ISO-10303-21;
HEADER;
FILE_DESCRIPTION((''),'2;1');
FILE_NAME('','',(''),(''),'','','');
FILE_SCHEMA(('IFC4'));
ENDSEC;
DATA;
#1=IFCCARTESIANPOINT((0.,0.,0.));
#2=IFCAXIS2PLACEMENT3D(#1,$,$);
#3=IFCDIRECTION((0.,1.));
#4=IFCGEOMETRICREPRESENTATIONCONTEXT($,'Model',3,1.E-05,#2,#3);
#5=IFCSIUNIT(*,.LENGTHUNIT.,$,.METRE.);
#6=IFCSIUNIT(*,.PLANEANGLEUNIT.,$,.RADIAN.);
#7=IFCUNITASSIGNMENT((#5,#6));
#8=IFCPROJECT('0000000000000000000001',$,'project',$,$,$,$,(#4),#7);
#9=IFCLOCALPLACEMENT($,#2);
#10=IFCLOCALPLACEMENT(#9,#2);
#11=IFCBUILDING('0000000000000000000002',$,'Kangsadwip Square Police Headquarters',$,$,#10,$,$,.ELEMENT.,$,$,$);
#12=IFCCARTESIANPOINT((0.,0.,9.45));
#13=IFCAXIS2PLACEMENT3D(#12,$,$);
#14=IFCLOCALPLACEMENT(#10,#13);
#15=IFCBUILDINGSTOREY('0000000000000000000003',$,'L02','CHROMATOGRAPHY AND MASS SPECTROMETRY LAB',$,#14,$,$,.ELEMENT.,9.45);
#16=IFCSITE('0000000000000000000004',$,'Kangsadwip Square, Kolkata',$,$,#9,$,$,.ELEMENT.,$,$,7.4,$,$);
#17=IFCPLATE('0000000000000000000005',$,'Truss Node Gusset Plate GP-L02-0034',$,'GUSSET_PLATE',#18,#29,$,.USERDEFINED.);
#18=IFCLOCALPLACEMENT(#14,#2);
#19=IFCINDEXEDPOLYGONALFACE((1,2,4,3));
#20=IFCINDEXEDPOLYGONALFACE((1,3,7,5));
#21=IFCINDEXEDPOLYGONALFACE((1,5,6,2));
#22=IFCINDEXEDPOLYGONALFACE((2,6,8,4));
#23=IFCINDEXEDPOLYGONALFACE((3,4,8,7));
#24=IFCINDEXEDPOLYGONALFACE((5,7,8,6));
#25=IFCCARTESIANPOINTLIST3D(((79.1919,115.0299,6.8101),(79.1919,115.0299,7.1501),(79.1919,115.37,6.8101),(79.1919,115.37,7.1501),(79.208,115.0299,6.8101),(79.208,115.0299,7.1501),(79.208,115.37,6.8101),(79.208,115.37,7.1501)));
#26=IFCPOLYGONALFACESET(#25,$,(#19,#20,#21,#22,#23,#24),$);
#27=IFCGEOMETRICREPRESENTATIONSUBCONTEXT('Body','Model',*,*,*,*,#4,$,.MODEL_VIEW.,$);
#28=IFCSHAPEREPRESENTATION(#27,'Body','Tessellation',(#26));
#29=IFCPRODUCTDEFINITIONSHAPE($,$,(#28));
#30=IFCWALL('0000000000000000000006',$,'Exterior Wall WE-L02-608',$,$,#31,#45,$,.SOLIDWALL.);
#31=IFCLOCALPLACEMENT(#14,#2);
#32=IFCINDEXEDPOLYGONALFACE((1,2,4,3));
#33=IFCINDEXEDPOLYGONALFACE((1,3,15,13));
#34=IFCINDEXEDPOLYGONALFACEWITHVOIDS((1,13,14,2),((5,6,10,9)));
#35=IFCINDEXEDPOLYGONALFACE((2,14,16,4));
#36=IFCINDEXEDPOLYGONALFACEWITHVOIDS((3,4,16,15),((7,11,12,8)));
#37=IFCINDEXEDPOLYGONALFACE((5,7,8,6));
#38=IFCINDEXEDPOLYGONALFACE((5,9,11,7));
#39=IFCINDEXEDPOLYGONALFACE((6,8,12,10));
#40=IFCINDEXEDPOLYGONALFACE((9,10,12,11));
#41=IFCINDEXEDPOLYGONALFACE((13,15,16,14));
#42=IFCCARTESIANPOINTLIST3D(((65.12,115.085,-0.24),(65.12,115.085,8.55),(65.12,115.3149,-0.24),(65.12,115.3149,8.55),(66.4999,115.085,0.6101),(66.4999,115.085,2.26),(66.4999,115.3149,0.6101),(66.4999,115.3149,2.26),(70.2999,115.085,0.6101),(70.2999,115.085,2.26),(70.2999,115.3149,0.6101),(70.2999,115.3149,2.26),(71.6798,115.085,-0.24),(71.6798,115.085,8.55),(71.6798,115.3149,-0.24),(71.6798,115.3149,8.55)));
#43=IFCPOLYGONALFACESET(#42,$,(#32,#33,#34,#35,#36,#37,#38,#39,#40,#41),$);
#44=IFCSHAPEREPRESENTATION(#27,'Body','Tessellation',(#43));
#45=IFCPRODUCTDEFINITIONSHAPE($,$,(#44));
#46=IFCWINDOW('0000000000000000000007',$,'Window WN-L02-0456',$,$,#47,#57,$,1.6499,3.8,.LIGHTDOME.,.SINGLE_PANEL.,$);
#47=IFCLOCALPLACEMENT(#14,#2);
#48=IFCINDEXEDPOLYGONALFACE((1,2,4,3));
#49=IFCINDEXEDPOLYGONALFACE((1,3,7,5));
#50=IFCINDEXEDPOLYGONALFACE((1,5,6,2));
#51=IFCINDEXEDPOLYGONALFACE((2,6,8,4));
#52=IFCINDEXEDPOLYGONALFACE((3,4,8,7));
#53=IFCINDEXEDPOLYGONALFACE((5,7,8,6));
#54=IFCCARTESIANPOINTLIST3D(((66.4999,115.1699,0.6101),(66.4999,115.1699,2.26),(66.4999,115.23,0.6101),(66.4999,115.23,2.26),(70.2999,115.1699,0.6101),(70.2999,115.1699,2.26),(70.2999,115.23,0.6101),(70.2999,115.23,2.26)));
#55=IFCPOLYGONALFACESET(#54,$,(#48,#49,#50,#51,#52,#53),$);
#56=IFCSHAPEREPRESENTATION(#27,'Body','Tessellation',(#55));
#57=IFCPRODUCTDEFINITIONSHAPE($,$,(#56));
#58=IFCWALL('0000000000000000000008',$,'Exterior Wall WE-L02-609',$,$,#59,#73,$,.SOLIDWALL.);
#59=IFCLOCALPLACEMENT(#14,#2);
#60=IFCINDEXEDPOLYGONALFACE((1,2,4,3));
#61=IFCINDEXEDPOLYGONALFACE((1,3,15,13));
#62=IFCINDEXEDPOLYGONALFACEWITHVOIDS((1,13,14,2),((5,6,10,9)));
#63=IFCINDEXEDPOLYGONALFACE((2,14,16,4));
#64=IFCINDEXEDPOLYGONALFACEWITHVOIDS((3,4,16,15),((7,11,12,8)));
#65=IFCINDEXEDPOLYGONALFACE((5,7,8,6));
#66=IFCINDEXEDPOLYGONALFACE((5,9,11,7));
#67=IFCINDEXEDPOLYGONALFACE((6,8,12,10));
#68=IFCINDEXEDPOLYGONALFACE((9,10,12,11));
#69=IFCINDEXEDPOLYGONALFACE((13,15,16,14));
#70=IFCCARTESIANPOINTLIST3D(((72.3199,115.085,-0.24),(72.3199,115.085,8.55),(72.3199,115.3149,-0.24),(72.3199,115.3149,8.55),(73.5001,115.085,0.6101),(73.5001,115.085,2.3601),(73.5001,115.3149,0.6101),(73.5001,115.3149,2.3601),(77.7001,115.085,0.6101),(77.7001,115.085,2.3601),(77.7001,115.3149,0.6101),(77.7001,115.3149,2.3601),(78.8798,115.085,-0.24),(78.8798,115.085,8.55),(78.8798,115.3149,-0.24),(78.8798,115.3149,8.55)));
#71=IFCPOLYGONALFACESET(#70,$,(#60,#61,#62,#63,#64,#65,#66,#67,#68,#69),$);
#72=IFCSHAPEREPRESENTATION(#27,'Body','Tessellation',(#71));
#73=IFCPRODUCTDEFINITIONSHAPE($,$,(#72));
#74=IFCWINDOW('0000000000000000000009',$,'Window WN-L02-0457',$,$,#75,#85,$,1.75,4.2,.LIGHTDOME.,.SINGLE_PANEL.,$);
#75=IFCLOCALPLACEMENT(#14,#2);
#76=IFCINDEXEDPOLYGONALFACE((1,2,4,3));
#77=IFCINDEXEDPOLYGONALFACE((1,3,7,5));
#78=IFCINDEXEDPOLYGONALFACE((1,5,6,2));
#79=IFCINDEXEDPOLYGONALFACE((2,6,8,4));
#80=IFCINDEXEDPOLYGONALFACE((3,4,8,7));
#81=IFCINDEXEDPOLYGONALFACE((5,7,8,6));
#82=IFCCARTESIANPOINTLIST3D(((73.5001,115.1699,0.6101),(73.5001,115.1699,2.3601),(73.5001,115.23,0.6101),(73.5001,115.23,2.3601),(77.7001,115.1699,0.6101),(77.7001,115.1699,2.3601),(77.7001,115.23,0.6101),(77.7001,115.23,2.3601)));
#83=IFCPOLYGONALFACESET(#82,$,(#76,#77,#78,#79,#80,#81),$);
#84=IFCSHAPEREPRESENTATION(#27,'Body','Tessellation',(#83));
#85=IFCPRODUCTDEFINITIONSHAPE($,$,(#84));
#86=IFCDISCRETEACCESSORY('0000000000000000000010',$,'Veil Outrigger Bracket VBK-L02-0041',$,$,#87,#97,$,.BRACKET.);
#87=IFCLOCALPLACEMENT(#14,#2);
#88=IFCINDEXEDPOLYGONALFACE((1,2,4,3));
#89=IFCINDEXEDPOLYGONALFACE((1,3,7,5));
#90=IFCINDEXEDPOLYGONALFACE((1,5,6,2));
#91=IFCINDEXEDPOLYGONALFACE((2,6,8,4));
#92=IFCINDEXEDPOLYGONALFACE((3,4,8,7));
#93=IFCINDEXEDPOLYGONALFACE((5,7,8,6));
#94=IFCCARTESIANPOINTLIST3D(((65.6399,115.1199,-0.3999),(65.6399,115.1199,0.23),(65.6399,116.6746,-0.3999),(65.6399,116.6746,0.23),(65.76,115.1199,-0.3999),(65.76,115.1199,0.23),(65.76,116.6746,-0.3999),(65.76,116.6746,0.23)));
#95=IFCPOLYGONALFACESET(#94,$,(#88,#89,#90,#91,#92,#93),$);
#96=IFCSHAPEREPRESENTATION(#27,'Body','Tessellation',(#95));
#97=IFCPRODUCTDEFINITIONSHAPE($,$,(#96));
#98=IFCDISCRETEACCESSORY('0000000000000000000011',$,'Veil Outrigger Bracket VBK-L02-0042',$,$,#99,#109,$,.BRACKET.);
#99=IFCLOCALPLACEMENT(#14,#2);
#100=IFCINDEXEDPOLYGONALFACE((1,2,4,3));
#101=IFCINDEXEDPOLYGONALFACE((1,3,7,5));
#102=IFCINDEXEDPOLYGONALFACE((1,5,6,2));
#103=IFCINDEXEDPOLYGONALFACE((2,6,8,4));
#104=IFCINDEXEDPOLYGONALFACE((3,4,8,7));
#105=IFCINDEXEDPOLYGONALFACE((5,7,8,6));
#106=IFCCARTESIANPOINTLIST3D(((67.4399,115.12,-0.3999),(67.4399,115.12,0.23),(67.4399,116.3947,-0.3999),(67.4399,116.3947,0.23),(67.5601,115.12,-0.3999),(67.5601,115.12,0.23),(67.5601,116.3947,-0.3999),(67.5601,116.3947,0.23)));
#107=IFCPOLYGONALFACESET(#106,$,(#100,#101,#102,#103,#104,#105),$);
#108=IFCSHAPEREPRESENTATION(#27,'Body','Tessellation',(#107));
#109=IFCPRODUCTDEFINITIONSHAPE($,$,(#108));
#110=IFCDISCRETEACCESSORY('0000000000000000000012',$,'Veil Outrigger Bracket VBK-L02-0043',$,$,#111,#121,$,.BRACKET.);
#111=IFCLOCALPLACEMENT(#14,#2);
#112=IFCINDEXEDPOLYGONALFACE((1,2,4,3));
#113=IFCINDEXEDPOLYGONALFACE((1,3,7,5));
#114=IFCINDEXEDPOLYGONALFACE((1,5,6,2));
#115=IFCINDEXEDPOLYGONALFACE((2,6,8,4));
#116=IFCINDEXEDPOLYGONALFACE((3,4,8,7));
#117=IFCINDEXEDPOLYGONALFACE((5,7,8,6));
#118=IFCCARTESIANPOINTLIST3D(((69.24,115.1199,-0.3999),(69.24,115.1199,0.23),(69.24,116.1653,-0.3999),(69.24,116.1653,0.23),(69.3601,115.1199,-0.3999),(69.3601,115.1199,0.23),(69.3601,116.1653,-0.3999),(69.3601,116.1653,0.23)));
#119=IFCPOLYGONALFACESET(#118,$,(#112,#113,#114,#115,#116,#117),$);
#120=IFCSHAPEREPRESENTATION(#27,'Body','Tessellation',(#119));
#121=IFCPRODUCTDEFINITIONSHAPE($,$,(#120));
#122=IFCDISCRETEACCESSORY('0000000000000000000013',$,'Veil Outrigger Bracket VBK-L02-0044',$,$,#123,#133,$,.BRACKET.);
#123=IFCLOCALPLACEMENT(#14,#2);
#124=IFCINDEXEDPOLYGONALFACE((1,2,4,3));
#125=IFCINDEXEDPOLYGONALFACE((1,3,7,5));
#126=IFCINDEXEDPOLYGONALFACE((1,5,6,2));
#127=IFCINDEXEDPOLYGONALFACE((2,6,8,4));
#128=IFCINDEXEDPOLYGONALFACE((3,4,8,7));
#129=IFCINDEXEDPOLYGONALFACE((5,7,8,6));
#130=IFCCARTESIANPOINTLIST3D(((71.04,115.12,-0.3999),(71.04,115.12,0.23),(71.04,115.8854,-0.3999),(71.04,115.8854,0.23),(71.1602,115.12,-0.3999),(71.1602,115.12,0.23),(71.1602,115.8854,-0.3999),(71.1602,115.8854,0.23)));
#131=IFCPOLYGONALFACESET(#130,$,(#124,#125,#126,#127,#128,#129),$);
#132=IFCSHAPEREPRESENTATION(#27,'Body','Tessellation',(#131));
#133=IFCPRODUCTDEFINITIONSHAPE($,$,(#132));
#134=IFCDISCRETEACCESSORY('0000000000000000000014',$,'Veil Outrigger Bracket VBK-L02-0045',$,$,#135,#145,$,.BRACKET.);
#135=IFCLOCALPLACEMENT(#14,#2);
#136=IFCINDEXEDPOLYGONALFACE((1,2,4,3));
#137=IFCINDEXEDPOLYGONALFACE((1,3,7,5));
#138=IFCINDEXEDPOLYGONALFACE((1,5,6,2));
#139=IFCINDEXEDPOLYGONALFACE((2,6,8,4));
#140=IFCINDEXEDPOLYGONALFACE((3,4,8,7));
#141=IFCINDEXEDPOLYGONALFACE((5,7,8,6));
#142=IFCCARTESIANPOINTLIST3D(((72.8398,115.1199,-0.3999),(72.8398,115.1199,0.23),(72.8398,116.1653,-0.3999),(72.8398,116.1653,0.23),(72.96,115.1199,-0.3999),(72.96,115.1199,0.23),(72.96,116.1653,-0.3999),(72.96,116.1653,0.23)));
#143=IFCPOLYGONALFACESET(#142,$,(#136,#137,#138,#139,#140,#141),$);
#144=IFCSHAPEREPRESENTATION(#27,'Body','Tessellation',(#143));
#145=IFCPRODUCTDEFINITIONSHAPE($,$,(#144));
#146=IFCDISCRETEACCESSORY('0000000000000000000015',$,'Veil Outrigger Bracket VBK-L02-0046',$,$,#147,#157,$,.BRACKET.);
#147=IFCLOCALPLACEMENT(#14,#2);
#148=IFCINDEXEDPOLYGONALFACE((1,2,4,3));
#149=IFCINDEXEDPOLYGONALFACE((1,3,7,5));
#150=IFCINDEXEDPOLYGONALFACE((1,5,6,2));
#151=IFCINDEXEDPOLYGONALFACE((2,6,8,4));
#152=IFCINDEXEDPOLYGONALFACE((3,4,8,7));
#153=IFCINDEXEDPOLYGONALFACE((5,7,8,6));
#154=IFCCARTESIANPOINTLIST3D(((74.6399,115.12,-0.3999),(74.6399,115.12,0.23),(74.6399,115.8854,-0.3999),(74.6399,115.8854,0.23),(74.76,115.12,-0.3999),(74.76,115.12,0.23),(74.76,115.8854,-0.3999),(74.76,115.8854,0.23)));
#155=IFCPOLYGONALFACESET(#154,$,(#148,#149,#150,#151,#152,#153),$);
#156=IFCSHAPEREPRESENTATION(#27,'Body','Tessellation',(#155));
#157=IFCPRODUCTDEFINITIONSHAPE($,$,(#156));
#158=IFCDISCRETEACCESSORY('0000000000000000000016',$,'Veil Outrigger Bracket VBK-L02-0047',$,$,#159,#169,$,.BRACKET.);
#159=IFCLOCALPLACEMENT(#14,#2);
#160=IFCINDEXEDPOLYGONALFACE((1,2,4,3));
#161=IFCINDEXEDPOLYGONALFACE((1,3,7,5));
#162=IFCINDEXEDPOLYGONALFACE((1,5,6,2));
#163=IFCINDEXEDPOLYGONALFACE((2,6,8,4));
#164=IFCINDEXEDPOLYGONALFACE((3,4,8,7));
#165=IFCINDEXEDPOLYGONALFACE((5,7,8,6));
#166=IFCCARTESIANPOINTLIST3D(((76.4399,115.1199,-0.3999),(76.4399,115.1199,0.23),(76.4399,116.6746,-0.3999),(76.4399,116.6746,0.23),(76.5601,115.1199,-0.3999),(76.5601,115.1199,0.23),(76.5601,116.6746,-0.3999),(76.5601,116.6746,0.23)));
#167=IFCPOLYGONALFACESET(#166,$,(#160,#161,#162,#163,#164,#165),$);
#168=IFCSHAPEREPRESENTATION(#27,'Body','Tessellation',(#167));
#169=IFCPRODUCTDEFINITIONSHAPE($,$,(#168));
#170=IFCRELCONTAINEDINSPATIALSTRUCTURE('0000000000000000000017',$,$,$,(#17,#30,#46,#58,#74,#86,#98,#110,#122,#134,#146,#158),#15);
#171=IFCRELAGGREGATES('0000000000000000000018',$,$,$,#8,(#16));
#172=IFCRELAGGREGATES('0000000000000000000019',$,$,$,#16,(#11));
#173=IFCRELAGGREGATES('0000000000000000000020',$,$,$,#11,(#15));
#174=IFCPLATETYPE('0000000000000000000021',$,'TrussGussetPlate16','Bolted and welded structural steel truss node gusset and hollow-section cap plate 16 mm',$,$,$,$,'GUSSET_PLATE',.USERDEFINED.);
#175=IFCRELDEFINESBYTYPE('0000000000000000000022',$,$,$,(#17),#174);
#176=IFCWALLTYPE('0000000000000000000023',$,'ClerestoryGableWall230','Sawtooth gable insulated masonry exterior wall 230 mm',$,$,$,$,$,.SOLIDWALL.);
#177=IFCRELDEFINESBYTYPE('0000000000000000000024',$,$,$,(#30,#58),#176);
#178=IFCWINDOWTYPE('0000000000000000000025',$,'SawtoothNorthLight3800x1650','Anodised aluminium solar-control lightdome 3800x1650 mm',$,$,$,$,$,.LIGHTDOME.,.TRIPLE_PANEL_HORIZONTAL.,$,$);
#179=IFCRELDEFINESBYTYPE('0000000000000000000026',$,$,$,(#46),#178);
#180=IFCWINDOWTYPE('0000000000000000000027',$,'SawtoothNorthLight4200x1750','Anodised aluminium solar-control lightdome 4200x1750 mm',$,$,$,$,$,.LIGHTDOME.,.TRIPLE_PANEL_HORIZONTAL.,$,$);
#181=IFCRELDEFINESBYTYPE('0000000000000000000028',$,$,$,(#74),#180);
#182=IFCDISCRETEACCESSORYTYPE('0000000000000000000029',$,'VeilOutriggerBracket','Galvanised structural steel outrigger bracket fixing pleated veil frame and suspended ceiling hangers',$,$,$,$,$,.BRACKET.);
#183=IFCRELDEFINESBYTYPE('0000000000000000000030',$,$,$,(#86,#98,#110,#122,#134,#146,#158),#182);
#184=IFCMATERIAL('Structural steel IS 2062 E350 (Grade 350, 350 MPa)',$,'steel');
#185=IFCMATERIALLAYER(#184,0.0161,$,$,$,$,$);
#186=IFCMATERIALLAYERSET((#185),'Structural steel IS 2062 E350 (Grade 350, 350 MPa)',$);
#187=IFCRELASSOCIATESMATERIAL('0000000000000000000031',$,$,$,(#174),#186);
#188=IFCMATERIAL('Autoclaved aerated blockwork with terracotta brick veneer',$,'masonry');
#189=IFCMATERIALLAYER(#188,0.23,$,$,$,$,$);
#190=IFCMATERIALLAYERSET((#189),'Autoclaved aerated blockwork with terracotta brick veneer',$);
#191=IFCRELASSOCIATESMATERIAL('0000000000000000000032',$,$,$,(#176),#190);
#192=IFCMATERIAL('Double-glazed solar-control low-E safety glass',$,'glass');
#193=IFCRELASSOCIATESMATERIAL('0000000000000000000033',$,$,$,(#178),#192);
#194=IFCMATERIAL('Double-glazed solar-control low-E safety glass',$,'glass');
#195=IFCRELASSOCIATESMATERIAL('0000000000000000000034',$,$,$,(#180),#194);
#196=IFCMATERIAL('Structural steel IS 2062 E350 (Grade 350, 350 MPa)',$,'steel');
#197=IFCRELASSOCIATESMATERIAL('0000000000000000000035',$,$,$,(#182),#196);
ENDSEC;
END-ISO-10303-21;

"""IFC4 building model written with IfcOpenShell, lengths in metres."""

from ifc_helpers import new_model, si_unit, direction, frame, frame_2d, origin, origin_2d, place, context, subcontext, project, spatial, rectangle, extrude, material, layer, layer_set, type_object, element, fill, save


model = new_model("IFC4")

# Units and contexts
model_context = context("Model", 3, precision=1e-05, world=origin(), true_north=direction((0.0, 1.0)))
body_context = subcontext(model_context, "Body", "Model", "MODEL_VIEW")
ifc_project = project(units=[si_unit("LENGTHUNIT", "METRE"), si_unit("PLANEANGLEUNIT", "RADIAN")], contexts=[model_context])

# Site, building, storey
site_placement = place(None, origin())
site = spatial("IfcSite", under=ifc_project, at=site_placement, Name="Kangsadwip Square, Kolkata", CompositionType="ELEMENT", RefElevation=7.4)
building_placement = place(site_placement, origin())
building = spatial("IfcBuilding", under=site, at=building_placement, Name="Kangsadwip Square Police Headquarters", CompositionType="ELEMENT")
storey_placement = place(building_placement, frame((0.0, 0.0, 9.45)))
storey = spatial("IfcBuildingStorey", under=building, at=storey_placement, Name="L02", Description="CHROMATOGRAPHY AND MASS SPECTROMETRY LAB", CompositionType="ELEMENT", Elevation=9.45)

# Plate
ifc_material_1 = material(Name="Structural steel IS 2062 E350 (Grade 350, 350 MPa)", Category="steel")
ifc_layer_1 = layer(ifc_material_1, 0.0161)
ifc_layer_set_1 = layer_set([ifc_layer_1], Name="Structural steel IS 2062 E350 (Grade 350, 350 MPa)")
plate_type_1 = type_object("IfcPlateType", Name="TrussGussetPlate16", Description="Bolted and welded structural steel truss node gusset and hollow-section cap plate 16 mm", ElementType="GUSSET_PLATE", PredefinedType="USERDEFINED", material=ifc_layer_set_1)
for number, where, z_axis, x_axis, name in (
    (1, (79.2, 115.2, 6.8101), (0.0, 0.0, 1.0), (0.0, 1.0, 0.0), "Truss Node Gusset Plate GP-L02-0034"),
):
    element("IfcPlate", number, at=place(storey_placement, frame(where, z_axis=z_axis, x_axis=x_axis)), inside=storey, type_object=plate_type_1, Name=name, ObjectType="GUSSET_PLATE", PredefinedType="USERDEFINED", context=body_context, shape_type="SweptSolid", body=[
        extrude(rectangle(XDim=0.3401, YDim=0.0161, at=origin_2d()), origin(), (0.0, 0.0, 1.0), 0.3401),
    ])

# Walls, openings, windows
ifc_material_2 = material(Name="Autoclaved aerated blockwork with terracotta brick veneer", Category="masonry")
ifc_layer_2 = layer(ifc_material_2, 0.23)
ifc_layer_set_2 = layer_set([ifc_layer_2], Name="Autoclaved aerated blockwork with terracotta brick veneer")
wall_type = type_object("IfcWallType", Name="ClerestoryGableWall230", Description="Sawtooth gable insulated masonry exterior wall 230 mm", PredefinedType="SOLIDWALL", material=ifc_layer_set_2)
wall_1_placement = place(storey_placement, frame((65.1201, 115.2, -0.24), z_axis=(0.0, 0.0, 1.0), x_axis=(1.0, 0.0, 0.0)))
wall_1 = element("IfcWall", 2, at=wall_1_placement, inside=storey, type_object=wall_type, Name="Exterior Wall WE-L02-608", PredefinedType="SOLIDWALL", context=body_context, shape_type="SweptSolid", body=[
    extrude(rectangle(XDim=6.5598, YDim=0.23, at=frame_2d((3.2798, 0.0))), origin(), (0.0, 0.0, 1.0), 8.79),
])
opening_1_placement = place(wall_1_placement, frame((1.3799, 0.0, 0.8501)))
opening_1 = element("IfcOpeningElement", 3, at=opening_1_placement, cuts=wall_1, PredefinedType="OPENING", context=body_context, shape_type="SweptSolid", body=[
    extrude(rectangle(XDim=3.8, YDim=1.6499, at=frame_2d((1.8999, 0.825))), frame((0.0, 0.125, 0.0), z_axis=(0.0, -1.0, 0.0), x_axis=(1.0, 0.0, 0.0)), (0.0, 0.0, 1.0), 0.25),
])
ifc_material_3 = material(Name="Double-glazed solar-control low-E safety glass", Category="glass")
window_type_1 = type_object("IfcWindowType", Name="SawtoothNorthLight3800x1650", Description="Anodised aluminium solar-control lightdome 3800x1650 mm", PartitioningType="TRIPLE_PANEL_HORIZONTAL", PredefinedType="LIGHTDOME", material=ifc_material_3)
window_1_placement = place(opening_1_placement, origin())
window_1 = element("IfcWindow", 4, at=window_1_placement, inside=storey, type_object=window_type_1, Name="Window WN-L02-0456", OverallHeight=1.6499, OverallWidth=3.8, PartitioningType="SINGLE_PANEL", PredefinedType="LIGHTDOME", context=body_context, shape_type="SweptSolid", body=[
    extrude(rectangle(XDim=3.8, YDim=1.6499, at=frame_2d((1.8999, 0.825))), frame((0.0, 0.03, 0.0), z_axis=(0.0, -1.0, 0.0), x_axis=(1.0, 0.0, 0.0)), (0.0, 0.0, 1.0), 0.0601),
])
fill(opening_1, window_1)
wall_2_placement = place(storey_placement, frame((72.3201, 115.2, -0.24), z_axis=(0.0, 0.0, 1.0), x_axis=(1.0, 0.0, 0.0)))
wall_2 = element("IfcWall", 5, at=wall_2_placement, inside=storey, type_object=wall_type, Name="Exterior Wall WE-L02-609", PredefinedType="SOLIDWALL", context=body_context, shape_type="SweptSolid", body=[
    extrude(rectangle(XDim=6.5598, YDim=0.23, at=frame_2d((3.2798, 0.0))), origin(), (0.0, 0.0, 1.0), 8.79),
])
opening_2_placement = place(wall_2_placement, frame((1.1799, 0.0, 0.8501)))
opening_2 = element("IfcOpeningElement", 6, at=opening_2_placement, cuts=wall_2, PredefinedType="OPENING", context=body_context, shape_type="SweptSolid", body=[
    extrude(rectangle(XDim=4.2, YDim=1.75, at=frame_2d((2.1001, 0.875))), frame((0.0, 0.125, 0.0), z_axis=(0.0, -1.0, 0.0), x_axis=(1.0, 0.0, 0.0)), (0.0, 0.0, 1.0), 0.25),
])
ifc_material_4 = material(Name="Double-glazed solar-control low-E safety glass", Category="glass")
window_type_2 = type_object("IfcWindowType", Name="SawtoothNorthLight4200x1750", Description="Anodised aluminium solar-control lightdome 4200x1750 mm", PartitioningType="TRIPLE_PANEL_HORIZONTAL", PredefinedType="LIGHTDOME", material=ifc_material_4)
window_2_placement = place(opening_2_placement, origin())
window_2 = element("IfcWindow", 7, at=window_2_placement, inside=storey, type_object=window_type_2, Name="Window WN-L02-0457", OverallHeight=1.75, OverallWidth=4.2, PartitioningType="SINGLE_PANEL", PredefinedType="LIGHTDOME", context=body_context, shape_type="SweptSolid", body=[
    extrude(rectangle(XDim=4.2, YDim=1.75, at=frame_2d((2.1001, 0.875))), frame((0.0, 0.03, 0.0), z_axis=(0.0, -1.0, 0.0), x_axis=(1.0, 0.0, 0.0)), (0.0, 0.0, 1.0), 0.0601),
])
fill(opening_2, window_2)

# Discrete accessories
ifc_material_5 = material(Name="Structural steel IS 2062 E350 (Grade 350, 350 MPa)", Category="steel")
discrete_accessory_type = type_object("IfcDiscreteAccessoryType", Name="VeilOutriggerBracket", Description="Galvanised structural steel outrigger bracket fixing pleated veil frame and suspended ceiling hangers", PredefinedType="BRACKET", material=ifc_material_5)
discrete_accessory_1_placement = place(storey_placement, frame((65.7, 115.8972, -0.3999), z_axis=(0.0, 0.0, 1.0), x_axis=(1.0, 0.0, 0.0)))
element("IfcDiscreteAccessory", 8, at=discrete_accessory_1_placement, inside=storey, type_object=discrete_accessory_type, Name="Veil Outrigger Bracket VBK-L02-0041", PredefinedType="BRACKET", context=body_context, shape_type="SweptSolid", body=[
    extrude(rectangle(XDim=0.1201, YDim=1.5547, at=origin_2d()), origin(), (0.0, 0.0, 1.0), 0.6299),
])
discrete_accessory_2_placement = place(storey_placement, frame((67.5, 115.7573, -0.3999), z_axis=(0.0, 0.0, 1.0), x_axis=(1.0, 0.0, 0.0)))
element("IfcDiscreteAccessory", 9, at=discrete_accessory_2_placement, inside=storey, type_object=discrete_accessory_type, Name="Veil Outrigger Bracket VBK-L02-0042", PredefinedType="BRACKET", context=body_context, shape_type="SweptSolid", body=[
    extrude(rectangle(XDim=0.1201, YDim=1.2747, at=origin_2d()), origin(), (0.0, 0.0, 1.0), 0.6299),
])
discrete_accessory_3_placement = place(storey_placement, frame((69.3, 115.6426, -0.3999), z_axis=(0.0, 0.0, 1.0), x_axis=(1.0, 0.0, 0.0)))
element("IfcDiscreteAccessory", 10, at=discrete_accessory_3_placement, inside=storey, type_object=discrete_accessory_type, Name="Veil Outrigger Bracket VBK-L02-0043", PredefinedType="BRACKET", context=body_context, shape_type="SweptSolid", body=[
    extrude(rectangle(XDim=0.1201, YDim=1.0454, at=origin_2d()), origin(), (0.0, 0.0, 1.0), 0.6299),
])
discrete_accessory_4_placement = place(storey_placement, frame((71.1001, 115.5027, -0.3999), z_axis=(0.0, 0.0, 1.0), x_axis=(1.0, 0.0, 0.0)))
element("IfcDiscreteAccessory", 11, at=discrete_accessory_4_placement, inside=storey, type_object=discrete_accessory_type, Name="Veil Outrigger Bracket VBK-L02-0044", PredefinedType="BRACKET", context=body_context, shape_type="SweptSolid", body=[
    extrude(rectangle(XDim=0.1201, YDim=0.7654, at=origin_2d()), origin(), (0.0, 0.0, 1.0), 0.6299),
])
discrete_accessory_5_placement = place(storey_placement, frame((72.8999, 115.6426, -0.3999), z_axis=(0.0, 0.0, 1.0), x_axis=(1.0, 0.0, 0.0)))
element("IfcDiscreteAccessory", 12, at=discrete_accessory_5_placement, inside=storey, type_object=discrete_accessory_type, Name="Veil Outrigger Bracket VBK-L02-0045", PredefinedType="BRACKET", context=body_context, shape_type="SweptSolid", body=[
    extrude(rectangle(XDim=0.1201, YDim=1.0454, at=origin_2d()), origin(), (0.0, 0.0, 1.0), 0.6299),
])
discrete_accessory_6_placement = place(storey_placement, frame((74.7, 115.5027, -0.3999), z_axis=(0.0, 0.0, 1.0), x_axis=(1.0, 0.0, 0.0)))
element("IfcDiscreteAccessory", 13, at=discrete_accessory_6_placement, inside=storey, type_object=discrete_accessory_type, Name="Veil Outrigger Bracket VBK-L02-0046", PredefinedType="BRACKET", context=body_context, shape_type="SweptSolid", body=[
    extrude(rectangle(XDim=0.1201, YDim=0.7654, at=origin_2d()), origin(), (0.0, 0.0, 1.0), 0.6299),
])
discrete_accessory_7_placement = place(storey_placement, frame((76.5, 115.8972, -0.3999), z_axis=(0.0, 0.0, 1.0), x_axis=(1.0, 0.0, 0.0)))
element("IfcDiscreteAccessory", 14, at=discrete_accessory_7_placement, inside=storey, type_object=discrete_accessory_type, Name="Veil Outrigger Bracket VBK-L02-0047", PredefinedType="BRACKET", context=body_context, shape_type="SweptSolid", body=[
    extrude(rectangle(XDim=0.1201, YDim=1.5547, at=origin_2d()), origin(), (0.0, 0.0, 1.0), 0.6299),
])

save(model, "model.ifc")
